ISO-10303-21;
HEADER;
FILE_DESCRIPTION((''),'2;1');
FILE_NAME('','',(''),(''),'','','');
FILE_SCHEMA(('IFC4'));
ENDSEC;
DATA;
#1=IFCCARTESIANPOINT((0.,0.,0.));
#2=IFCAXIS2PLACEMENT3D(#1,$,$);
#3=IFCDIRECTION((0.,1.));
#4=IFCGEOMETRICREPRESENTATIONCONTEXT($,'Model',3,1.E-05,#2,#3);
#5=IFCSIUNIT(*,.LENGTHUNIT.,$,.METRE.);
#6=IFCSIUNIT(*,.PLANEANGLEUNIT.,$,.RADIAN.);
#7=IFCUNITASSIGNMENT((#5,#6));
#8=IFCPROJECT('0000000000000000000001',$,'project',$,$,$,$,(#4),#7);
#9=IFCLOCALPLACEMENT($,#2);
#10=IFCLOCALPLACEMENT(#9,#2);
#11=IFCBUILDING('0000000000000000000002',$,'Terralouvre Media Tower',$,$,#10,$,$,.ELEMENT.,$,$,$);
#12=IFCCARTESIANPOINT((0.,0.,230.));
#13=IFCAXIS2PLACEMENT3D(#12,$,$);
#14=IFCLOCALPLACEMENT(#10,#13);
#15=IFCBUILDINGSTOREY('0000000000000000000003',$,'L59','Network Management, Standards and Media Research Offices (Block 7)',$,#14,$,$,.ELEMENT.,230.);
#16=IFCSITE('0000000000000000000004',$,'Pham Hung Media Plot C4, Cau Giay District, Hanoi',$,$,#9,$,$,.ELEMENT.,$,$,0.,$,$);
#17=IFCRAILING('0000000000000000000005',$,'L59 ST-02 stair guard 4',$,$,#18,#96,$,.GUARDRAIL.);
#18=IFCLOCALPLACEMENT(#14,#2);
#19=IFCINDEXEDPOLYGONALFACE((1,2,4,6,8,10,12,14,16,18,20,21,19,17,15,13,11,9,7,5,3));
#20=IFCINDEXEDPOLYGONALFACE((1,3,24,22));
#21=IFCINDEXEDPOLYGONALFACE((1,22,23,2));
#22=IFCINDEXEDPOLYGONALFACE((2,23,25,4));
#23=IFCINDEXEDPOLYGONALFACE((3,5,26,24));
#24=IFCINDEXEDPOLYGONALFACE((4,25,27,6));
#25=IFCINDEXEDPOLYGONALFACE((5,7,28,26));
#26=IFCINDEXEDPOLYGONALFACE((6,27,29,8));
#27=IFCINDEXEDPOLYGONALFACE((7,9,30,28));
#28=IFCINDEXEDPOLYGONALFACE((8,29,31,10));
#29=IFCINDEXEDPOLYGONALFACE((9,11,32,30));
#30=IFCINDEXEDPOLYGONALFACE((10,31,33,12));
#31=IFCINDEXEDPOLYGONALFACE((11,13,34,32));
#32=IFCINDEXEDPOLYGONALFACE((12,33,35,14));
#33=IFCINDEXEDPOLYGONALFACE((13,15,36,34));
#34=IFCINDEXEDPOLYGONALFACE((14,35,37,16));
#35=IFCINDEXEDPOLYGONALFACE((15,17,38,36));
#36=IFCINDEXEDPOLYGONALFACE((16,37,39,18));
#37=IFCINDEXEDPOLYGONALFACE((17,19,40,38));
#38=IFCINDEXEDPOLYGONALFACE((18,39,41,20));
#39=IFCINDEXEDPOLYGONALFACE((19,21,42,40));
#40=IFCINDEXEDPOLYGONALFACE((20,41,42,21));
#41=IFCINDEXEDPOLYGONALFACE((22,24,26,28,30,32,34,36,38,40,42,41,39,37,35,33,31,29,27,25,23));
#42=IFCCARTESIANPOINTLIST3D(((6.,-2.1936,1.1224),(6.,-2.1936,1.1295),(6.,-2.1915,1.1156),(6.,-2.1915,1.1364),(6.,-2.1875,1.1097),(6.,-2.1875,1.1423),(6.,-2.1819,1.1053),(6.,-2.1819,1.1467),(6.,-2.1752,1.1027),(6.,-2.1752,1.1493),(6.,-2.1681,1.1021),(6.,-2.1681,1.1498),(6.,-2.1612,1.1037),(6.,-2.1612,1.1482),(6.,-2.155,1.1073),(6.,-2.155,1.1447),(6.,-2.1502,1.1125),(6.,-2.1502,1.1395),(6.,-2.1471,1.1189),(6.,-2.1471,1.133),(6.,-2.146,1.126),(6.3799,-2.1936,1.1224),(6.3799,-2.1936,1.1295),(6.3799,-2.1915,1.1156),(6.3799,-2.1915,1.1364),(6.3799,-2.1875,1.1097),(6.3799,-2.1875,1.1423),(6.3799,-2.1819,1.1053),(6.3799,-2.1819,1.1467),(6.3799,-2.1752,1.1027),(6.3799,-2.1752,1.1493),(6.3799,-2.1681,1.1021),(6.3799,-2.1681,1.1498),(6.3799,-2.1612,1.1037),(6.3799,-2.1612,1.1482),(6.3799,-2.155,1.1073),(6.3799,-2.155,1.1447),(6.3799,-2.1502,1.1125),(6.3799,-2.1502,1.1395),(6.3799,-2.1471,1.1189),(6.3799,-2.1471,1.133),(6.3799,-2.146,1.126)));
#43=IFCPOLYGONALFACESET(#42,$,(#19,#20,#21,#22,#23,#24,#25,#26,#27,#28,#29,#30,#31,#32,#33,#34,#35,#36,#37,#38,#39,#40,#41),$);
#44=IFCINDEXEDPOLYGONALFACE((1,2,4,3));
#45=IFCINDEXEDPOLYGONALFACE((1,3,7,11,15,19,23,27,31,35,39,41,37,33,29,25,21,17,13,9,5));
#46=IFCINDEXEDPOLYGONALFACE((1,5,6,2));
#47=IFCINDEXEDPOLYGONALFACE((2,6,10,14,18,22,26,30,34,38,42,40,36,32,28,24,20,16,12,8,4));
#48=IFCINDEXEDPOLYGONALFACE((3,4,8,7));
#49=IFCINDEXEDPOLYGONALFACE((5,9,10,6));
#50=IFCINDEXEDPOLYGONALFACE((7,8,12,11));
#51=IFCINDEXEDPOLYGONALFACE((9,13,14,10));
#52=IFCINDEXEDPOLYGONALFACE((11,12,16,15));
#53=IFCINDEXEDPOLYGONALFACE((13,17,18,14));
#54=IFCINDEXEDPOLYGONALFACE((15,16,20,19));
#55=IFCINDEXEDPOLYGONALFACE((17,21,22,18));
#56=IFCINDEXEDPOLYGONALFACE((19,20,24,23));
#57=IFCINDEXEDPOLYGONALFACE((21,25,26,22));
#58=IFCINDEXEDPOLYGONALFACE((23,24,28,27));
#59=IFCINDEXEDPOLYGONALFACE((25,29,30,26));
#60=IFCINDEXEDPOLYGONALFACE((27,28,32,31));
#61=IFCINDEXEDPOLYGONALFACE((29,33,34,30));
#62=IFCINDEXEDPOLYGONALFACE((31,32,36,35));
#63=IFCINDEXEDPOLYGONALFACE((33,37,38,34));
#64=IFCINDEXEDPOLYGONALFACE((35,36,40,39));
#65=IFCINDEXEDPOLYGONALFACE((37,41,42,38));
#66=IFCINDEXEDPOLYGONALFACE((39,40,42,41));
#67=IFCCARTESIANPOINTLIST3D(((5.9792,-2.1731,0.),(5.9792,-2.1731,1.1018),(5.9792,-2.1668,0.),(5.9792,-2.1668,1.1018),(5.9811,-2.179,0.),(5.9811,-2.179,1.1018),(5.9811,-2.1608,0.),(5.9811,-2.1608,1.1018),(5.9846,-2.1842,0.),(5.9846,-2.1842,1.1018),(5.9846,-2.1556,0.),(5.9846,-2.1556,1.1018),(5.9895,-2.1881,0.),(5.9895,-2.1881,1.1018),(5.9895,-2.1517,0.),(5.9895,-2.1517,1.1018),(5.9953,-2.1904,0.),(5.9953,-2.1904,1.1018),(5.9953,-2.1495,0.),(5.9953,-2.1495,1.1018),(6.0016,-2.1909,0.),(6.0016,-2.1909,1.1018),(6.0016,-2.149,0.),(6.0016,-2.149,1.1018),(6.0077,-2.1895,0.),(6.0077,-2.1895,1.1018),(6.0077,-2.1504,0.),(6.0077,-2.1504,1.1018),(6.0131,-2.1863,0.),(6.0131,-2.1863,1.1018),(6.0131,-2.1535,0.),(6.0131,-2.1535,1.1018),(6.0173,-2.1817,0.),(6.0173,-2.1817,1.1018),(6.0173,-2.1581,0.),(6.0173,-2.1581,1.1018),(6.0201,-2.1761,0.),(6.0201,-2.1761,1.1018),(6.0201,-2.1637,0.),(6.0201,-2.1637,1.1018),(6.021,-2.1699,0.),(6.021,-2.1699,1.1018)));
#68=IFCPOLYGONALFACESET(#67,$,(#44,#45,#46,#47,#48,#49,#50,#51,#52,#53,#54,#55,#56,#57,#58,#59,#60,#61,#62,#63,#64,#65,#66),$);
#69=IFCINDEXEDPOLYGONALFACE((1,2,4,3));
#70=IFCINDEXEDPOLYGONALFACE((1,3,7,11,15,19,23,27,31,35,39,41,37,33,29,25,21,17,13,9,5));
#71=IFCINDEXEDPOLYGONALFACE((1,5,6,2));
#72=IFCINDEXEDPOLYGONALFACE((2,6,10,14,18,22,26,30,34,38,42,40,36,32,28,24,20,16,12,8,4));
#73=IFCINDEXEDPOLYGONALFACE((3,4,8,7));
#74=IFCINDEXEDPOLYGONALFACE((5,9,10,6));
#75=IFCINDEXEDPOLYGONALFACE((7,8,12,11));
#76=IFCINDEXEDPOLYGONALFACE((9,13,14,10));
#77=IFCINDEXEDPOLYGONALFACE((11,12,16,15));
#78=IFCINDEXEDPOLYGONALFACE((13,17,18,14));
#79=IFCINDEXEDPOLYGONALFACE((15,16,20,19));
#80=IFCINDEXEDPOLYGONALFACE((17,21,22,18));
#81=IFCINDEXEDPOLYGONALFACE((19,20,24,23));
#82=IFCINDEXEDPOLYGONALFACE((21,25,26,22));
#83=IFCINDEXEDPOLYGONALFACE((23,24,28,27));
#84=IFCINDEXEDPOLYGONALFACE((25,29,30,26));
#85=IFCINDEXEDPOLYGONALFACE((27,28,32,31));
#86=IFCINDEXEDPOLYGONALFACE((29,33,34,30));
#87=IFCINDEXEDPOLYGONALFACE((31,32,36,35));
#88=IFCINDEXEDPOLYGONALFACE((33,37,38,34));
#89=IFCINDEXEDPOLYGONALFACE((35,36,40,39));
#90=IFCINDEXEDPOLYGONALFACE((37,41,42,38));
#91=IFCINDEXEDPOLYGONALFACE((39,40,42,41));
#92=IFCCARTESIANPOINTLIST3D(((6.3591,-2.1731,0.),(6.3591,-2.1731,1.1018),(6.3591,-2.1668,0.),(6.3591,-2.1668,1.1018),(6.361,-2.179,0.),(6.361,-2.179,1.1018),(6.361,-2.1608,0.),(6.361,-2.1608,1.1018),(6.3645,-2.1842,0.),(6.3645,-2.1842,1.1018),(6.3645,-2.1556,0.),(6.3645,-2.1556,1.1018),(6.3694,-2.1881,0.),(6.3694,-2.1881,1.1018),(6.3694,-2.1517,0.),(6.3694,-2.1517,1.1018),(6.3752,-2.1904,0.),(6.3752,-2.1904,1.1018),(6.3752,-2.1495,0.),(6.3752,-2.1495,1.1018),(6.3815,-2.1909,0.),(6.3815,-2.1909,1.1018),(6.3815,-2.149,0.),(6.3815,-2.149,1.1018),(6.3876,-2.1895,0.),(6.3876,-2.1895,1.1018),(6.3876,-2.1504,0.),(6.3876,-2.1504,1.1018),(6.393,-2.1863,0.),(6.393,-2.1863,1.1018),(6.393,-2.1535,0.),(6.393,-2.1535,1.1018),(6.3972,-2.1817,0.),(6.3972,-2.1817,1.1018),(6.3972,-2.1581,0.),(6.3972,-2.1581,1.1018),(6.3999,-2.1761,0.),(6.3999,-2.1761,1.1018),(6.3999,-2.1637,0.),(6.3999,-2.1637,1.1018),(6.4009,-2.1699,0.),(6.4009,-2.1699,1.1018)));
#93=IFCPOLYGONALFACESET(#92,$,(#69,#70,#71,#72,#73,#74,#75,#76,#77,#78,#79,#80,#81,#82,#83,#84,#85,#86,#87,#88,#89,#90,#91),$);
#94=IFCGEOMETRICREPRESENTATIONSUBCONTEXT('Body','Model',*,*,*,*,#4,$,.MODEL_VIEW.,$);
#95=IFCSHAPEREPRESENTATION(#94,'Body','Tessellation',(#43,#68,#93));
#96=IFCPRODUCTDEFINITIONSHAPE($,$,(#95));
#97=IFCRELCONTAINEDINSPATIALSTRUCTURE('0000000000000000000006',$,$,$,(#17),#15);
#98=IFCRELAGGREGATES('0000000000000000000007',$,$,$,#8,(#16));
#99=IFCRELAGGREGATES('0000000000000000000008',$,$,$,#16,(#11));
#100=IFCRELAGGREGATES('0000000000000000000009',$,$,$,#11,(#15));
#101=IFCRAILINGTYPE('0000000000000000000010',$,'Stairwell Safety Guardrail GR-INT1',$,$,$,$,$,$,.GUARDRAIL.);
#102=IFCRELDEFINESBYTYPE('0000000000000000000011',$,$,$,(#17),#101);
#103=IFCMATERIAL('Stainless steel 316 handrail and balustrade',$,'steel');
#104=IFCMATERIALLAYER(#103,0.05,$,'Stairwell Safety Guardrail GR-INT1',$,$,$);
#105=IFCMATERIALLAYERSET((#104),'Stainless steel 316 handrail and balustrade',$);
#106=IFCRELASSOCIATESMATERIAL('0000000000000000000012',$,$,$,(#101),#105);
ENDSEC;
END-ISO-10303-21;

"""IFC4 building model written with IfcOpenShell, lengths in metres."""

from ifc_helpers import new_model, si_unit, direction, frame, origin, origin_2d, place, context, subcontext, project, spatial, circle, extrude, material, layer, layer_set, type_object, element, save


model = new_model("IFC4")

# Units and contexts
model_context = context("Model", 3, precision=1e-05, world=origin(), true_north=direction((0.0, 1.0)))
body_context = subcontext(model_context, "Body", "Model", "MODEL_VIEW")
ifc_project = project(units=[si_unit("LENGTHUNIT", "METRE"), si_unit("PLANEANGLEUNIT", "RADIAN")], contexts=[model_context])

# Site, building, storey
site_placement = place(None, origin())
site = spatial("IfcSite", under=ifc_project, at=site_placement, Name="Pham Hung Media Plot C4, Cau Giay District, Hanoi", CompositionType="ELEMENT", RefElevation=0.0)
building_placement = place(site_placement, origin())
building = spatial("IfcBuilding", under=site, at=building_placement, Name="Terralouvre Media Tower", CompositionType="ELEMENT")
storey_placement = place(building_placement, frame((0.0, 0.0, 230.0)))
storey = spatial("IfcBuildingStorey", under=building, at=storey_placement, Name="L59", Description="Network Management, Standards and Media Research Offices (Block 7)", CompositionType="ELEMENT", Elevation=230.0)

# Railing
ifc_material_1 = material(Name="Stainless steel 316 handrail and balustrade", Category="steel")
ifc_layer_1 = layer(ifc_material_1, 0.05, Name="Stairwell Safety Guardrail GR-INT1")
ifc_layer_set_1 = layer_set([ifc_layer_1], Name="Stainless steel 316 handrail and balustrade")
railing_type_1 = type_object("IfcRailingType", Name="Stairwell Safety Guardrail GR-INT1", PredefinedType="GUARDRAIL", material=ifc_layer_set_1)
railing_1_placement = place(storey_placement, frame((6.0, -2.1699, 0.0)))
element("IfcRailing", 1, at=railing_1_placement, inside=storey, type_object=railing_type_1, Name="L59 ST-02 stair guard 4", PredefinedType="GUARDRAIL", context=body_context, shape_type="SweptSolid", body=[
    extrude(circle(Radius=0.0239, at=origin_2d()), frame((0.0, 0.0, 1.126), z_axis=(1.0, 0.0, 0.0), x_axis=(0.0, 1.0, 0.0)), (0.0, 0.0, 1.0), 0.3799),
    extrude(circle(Radius=0.021, at=origin_2d()), origin(), (0.0, 0.0, 1.0), 1.1018),
    extrude(circle(Radius=0.021, at=origin_2d()), frame((0.3799, 0.0, 0.0)), (0.0, 0.0, 1.0), 1.1018),
])

save(model, "model.ifc")
